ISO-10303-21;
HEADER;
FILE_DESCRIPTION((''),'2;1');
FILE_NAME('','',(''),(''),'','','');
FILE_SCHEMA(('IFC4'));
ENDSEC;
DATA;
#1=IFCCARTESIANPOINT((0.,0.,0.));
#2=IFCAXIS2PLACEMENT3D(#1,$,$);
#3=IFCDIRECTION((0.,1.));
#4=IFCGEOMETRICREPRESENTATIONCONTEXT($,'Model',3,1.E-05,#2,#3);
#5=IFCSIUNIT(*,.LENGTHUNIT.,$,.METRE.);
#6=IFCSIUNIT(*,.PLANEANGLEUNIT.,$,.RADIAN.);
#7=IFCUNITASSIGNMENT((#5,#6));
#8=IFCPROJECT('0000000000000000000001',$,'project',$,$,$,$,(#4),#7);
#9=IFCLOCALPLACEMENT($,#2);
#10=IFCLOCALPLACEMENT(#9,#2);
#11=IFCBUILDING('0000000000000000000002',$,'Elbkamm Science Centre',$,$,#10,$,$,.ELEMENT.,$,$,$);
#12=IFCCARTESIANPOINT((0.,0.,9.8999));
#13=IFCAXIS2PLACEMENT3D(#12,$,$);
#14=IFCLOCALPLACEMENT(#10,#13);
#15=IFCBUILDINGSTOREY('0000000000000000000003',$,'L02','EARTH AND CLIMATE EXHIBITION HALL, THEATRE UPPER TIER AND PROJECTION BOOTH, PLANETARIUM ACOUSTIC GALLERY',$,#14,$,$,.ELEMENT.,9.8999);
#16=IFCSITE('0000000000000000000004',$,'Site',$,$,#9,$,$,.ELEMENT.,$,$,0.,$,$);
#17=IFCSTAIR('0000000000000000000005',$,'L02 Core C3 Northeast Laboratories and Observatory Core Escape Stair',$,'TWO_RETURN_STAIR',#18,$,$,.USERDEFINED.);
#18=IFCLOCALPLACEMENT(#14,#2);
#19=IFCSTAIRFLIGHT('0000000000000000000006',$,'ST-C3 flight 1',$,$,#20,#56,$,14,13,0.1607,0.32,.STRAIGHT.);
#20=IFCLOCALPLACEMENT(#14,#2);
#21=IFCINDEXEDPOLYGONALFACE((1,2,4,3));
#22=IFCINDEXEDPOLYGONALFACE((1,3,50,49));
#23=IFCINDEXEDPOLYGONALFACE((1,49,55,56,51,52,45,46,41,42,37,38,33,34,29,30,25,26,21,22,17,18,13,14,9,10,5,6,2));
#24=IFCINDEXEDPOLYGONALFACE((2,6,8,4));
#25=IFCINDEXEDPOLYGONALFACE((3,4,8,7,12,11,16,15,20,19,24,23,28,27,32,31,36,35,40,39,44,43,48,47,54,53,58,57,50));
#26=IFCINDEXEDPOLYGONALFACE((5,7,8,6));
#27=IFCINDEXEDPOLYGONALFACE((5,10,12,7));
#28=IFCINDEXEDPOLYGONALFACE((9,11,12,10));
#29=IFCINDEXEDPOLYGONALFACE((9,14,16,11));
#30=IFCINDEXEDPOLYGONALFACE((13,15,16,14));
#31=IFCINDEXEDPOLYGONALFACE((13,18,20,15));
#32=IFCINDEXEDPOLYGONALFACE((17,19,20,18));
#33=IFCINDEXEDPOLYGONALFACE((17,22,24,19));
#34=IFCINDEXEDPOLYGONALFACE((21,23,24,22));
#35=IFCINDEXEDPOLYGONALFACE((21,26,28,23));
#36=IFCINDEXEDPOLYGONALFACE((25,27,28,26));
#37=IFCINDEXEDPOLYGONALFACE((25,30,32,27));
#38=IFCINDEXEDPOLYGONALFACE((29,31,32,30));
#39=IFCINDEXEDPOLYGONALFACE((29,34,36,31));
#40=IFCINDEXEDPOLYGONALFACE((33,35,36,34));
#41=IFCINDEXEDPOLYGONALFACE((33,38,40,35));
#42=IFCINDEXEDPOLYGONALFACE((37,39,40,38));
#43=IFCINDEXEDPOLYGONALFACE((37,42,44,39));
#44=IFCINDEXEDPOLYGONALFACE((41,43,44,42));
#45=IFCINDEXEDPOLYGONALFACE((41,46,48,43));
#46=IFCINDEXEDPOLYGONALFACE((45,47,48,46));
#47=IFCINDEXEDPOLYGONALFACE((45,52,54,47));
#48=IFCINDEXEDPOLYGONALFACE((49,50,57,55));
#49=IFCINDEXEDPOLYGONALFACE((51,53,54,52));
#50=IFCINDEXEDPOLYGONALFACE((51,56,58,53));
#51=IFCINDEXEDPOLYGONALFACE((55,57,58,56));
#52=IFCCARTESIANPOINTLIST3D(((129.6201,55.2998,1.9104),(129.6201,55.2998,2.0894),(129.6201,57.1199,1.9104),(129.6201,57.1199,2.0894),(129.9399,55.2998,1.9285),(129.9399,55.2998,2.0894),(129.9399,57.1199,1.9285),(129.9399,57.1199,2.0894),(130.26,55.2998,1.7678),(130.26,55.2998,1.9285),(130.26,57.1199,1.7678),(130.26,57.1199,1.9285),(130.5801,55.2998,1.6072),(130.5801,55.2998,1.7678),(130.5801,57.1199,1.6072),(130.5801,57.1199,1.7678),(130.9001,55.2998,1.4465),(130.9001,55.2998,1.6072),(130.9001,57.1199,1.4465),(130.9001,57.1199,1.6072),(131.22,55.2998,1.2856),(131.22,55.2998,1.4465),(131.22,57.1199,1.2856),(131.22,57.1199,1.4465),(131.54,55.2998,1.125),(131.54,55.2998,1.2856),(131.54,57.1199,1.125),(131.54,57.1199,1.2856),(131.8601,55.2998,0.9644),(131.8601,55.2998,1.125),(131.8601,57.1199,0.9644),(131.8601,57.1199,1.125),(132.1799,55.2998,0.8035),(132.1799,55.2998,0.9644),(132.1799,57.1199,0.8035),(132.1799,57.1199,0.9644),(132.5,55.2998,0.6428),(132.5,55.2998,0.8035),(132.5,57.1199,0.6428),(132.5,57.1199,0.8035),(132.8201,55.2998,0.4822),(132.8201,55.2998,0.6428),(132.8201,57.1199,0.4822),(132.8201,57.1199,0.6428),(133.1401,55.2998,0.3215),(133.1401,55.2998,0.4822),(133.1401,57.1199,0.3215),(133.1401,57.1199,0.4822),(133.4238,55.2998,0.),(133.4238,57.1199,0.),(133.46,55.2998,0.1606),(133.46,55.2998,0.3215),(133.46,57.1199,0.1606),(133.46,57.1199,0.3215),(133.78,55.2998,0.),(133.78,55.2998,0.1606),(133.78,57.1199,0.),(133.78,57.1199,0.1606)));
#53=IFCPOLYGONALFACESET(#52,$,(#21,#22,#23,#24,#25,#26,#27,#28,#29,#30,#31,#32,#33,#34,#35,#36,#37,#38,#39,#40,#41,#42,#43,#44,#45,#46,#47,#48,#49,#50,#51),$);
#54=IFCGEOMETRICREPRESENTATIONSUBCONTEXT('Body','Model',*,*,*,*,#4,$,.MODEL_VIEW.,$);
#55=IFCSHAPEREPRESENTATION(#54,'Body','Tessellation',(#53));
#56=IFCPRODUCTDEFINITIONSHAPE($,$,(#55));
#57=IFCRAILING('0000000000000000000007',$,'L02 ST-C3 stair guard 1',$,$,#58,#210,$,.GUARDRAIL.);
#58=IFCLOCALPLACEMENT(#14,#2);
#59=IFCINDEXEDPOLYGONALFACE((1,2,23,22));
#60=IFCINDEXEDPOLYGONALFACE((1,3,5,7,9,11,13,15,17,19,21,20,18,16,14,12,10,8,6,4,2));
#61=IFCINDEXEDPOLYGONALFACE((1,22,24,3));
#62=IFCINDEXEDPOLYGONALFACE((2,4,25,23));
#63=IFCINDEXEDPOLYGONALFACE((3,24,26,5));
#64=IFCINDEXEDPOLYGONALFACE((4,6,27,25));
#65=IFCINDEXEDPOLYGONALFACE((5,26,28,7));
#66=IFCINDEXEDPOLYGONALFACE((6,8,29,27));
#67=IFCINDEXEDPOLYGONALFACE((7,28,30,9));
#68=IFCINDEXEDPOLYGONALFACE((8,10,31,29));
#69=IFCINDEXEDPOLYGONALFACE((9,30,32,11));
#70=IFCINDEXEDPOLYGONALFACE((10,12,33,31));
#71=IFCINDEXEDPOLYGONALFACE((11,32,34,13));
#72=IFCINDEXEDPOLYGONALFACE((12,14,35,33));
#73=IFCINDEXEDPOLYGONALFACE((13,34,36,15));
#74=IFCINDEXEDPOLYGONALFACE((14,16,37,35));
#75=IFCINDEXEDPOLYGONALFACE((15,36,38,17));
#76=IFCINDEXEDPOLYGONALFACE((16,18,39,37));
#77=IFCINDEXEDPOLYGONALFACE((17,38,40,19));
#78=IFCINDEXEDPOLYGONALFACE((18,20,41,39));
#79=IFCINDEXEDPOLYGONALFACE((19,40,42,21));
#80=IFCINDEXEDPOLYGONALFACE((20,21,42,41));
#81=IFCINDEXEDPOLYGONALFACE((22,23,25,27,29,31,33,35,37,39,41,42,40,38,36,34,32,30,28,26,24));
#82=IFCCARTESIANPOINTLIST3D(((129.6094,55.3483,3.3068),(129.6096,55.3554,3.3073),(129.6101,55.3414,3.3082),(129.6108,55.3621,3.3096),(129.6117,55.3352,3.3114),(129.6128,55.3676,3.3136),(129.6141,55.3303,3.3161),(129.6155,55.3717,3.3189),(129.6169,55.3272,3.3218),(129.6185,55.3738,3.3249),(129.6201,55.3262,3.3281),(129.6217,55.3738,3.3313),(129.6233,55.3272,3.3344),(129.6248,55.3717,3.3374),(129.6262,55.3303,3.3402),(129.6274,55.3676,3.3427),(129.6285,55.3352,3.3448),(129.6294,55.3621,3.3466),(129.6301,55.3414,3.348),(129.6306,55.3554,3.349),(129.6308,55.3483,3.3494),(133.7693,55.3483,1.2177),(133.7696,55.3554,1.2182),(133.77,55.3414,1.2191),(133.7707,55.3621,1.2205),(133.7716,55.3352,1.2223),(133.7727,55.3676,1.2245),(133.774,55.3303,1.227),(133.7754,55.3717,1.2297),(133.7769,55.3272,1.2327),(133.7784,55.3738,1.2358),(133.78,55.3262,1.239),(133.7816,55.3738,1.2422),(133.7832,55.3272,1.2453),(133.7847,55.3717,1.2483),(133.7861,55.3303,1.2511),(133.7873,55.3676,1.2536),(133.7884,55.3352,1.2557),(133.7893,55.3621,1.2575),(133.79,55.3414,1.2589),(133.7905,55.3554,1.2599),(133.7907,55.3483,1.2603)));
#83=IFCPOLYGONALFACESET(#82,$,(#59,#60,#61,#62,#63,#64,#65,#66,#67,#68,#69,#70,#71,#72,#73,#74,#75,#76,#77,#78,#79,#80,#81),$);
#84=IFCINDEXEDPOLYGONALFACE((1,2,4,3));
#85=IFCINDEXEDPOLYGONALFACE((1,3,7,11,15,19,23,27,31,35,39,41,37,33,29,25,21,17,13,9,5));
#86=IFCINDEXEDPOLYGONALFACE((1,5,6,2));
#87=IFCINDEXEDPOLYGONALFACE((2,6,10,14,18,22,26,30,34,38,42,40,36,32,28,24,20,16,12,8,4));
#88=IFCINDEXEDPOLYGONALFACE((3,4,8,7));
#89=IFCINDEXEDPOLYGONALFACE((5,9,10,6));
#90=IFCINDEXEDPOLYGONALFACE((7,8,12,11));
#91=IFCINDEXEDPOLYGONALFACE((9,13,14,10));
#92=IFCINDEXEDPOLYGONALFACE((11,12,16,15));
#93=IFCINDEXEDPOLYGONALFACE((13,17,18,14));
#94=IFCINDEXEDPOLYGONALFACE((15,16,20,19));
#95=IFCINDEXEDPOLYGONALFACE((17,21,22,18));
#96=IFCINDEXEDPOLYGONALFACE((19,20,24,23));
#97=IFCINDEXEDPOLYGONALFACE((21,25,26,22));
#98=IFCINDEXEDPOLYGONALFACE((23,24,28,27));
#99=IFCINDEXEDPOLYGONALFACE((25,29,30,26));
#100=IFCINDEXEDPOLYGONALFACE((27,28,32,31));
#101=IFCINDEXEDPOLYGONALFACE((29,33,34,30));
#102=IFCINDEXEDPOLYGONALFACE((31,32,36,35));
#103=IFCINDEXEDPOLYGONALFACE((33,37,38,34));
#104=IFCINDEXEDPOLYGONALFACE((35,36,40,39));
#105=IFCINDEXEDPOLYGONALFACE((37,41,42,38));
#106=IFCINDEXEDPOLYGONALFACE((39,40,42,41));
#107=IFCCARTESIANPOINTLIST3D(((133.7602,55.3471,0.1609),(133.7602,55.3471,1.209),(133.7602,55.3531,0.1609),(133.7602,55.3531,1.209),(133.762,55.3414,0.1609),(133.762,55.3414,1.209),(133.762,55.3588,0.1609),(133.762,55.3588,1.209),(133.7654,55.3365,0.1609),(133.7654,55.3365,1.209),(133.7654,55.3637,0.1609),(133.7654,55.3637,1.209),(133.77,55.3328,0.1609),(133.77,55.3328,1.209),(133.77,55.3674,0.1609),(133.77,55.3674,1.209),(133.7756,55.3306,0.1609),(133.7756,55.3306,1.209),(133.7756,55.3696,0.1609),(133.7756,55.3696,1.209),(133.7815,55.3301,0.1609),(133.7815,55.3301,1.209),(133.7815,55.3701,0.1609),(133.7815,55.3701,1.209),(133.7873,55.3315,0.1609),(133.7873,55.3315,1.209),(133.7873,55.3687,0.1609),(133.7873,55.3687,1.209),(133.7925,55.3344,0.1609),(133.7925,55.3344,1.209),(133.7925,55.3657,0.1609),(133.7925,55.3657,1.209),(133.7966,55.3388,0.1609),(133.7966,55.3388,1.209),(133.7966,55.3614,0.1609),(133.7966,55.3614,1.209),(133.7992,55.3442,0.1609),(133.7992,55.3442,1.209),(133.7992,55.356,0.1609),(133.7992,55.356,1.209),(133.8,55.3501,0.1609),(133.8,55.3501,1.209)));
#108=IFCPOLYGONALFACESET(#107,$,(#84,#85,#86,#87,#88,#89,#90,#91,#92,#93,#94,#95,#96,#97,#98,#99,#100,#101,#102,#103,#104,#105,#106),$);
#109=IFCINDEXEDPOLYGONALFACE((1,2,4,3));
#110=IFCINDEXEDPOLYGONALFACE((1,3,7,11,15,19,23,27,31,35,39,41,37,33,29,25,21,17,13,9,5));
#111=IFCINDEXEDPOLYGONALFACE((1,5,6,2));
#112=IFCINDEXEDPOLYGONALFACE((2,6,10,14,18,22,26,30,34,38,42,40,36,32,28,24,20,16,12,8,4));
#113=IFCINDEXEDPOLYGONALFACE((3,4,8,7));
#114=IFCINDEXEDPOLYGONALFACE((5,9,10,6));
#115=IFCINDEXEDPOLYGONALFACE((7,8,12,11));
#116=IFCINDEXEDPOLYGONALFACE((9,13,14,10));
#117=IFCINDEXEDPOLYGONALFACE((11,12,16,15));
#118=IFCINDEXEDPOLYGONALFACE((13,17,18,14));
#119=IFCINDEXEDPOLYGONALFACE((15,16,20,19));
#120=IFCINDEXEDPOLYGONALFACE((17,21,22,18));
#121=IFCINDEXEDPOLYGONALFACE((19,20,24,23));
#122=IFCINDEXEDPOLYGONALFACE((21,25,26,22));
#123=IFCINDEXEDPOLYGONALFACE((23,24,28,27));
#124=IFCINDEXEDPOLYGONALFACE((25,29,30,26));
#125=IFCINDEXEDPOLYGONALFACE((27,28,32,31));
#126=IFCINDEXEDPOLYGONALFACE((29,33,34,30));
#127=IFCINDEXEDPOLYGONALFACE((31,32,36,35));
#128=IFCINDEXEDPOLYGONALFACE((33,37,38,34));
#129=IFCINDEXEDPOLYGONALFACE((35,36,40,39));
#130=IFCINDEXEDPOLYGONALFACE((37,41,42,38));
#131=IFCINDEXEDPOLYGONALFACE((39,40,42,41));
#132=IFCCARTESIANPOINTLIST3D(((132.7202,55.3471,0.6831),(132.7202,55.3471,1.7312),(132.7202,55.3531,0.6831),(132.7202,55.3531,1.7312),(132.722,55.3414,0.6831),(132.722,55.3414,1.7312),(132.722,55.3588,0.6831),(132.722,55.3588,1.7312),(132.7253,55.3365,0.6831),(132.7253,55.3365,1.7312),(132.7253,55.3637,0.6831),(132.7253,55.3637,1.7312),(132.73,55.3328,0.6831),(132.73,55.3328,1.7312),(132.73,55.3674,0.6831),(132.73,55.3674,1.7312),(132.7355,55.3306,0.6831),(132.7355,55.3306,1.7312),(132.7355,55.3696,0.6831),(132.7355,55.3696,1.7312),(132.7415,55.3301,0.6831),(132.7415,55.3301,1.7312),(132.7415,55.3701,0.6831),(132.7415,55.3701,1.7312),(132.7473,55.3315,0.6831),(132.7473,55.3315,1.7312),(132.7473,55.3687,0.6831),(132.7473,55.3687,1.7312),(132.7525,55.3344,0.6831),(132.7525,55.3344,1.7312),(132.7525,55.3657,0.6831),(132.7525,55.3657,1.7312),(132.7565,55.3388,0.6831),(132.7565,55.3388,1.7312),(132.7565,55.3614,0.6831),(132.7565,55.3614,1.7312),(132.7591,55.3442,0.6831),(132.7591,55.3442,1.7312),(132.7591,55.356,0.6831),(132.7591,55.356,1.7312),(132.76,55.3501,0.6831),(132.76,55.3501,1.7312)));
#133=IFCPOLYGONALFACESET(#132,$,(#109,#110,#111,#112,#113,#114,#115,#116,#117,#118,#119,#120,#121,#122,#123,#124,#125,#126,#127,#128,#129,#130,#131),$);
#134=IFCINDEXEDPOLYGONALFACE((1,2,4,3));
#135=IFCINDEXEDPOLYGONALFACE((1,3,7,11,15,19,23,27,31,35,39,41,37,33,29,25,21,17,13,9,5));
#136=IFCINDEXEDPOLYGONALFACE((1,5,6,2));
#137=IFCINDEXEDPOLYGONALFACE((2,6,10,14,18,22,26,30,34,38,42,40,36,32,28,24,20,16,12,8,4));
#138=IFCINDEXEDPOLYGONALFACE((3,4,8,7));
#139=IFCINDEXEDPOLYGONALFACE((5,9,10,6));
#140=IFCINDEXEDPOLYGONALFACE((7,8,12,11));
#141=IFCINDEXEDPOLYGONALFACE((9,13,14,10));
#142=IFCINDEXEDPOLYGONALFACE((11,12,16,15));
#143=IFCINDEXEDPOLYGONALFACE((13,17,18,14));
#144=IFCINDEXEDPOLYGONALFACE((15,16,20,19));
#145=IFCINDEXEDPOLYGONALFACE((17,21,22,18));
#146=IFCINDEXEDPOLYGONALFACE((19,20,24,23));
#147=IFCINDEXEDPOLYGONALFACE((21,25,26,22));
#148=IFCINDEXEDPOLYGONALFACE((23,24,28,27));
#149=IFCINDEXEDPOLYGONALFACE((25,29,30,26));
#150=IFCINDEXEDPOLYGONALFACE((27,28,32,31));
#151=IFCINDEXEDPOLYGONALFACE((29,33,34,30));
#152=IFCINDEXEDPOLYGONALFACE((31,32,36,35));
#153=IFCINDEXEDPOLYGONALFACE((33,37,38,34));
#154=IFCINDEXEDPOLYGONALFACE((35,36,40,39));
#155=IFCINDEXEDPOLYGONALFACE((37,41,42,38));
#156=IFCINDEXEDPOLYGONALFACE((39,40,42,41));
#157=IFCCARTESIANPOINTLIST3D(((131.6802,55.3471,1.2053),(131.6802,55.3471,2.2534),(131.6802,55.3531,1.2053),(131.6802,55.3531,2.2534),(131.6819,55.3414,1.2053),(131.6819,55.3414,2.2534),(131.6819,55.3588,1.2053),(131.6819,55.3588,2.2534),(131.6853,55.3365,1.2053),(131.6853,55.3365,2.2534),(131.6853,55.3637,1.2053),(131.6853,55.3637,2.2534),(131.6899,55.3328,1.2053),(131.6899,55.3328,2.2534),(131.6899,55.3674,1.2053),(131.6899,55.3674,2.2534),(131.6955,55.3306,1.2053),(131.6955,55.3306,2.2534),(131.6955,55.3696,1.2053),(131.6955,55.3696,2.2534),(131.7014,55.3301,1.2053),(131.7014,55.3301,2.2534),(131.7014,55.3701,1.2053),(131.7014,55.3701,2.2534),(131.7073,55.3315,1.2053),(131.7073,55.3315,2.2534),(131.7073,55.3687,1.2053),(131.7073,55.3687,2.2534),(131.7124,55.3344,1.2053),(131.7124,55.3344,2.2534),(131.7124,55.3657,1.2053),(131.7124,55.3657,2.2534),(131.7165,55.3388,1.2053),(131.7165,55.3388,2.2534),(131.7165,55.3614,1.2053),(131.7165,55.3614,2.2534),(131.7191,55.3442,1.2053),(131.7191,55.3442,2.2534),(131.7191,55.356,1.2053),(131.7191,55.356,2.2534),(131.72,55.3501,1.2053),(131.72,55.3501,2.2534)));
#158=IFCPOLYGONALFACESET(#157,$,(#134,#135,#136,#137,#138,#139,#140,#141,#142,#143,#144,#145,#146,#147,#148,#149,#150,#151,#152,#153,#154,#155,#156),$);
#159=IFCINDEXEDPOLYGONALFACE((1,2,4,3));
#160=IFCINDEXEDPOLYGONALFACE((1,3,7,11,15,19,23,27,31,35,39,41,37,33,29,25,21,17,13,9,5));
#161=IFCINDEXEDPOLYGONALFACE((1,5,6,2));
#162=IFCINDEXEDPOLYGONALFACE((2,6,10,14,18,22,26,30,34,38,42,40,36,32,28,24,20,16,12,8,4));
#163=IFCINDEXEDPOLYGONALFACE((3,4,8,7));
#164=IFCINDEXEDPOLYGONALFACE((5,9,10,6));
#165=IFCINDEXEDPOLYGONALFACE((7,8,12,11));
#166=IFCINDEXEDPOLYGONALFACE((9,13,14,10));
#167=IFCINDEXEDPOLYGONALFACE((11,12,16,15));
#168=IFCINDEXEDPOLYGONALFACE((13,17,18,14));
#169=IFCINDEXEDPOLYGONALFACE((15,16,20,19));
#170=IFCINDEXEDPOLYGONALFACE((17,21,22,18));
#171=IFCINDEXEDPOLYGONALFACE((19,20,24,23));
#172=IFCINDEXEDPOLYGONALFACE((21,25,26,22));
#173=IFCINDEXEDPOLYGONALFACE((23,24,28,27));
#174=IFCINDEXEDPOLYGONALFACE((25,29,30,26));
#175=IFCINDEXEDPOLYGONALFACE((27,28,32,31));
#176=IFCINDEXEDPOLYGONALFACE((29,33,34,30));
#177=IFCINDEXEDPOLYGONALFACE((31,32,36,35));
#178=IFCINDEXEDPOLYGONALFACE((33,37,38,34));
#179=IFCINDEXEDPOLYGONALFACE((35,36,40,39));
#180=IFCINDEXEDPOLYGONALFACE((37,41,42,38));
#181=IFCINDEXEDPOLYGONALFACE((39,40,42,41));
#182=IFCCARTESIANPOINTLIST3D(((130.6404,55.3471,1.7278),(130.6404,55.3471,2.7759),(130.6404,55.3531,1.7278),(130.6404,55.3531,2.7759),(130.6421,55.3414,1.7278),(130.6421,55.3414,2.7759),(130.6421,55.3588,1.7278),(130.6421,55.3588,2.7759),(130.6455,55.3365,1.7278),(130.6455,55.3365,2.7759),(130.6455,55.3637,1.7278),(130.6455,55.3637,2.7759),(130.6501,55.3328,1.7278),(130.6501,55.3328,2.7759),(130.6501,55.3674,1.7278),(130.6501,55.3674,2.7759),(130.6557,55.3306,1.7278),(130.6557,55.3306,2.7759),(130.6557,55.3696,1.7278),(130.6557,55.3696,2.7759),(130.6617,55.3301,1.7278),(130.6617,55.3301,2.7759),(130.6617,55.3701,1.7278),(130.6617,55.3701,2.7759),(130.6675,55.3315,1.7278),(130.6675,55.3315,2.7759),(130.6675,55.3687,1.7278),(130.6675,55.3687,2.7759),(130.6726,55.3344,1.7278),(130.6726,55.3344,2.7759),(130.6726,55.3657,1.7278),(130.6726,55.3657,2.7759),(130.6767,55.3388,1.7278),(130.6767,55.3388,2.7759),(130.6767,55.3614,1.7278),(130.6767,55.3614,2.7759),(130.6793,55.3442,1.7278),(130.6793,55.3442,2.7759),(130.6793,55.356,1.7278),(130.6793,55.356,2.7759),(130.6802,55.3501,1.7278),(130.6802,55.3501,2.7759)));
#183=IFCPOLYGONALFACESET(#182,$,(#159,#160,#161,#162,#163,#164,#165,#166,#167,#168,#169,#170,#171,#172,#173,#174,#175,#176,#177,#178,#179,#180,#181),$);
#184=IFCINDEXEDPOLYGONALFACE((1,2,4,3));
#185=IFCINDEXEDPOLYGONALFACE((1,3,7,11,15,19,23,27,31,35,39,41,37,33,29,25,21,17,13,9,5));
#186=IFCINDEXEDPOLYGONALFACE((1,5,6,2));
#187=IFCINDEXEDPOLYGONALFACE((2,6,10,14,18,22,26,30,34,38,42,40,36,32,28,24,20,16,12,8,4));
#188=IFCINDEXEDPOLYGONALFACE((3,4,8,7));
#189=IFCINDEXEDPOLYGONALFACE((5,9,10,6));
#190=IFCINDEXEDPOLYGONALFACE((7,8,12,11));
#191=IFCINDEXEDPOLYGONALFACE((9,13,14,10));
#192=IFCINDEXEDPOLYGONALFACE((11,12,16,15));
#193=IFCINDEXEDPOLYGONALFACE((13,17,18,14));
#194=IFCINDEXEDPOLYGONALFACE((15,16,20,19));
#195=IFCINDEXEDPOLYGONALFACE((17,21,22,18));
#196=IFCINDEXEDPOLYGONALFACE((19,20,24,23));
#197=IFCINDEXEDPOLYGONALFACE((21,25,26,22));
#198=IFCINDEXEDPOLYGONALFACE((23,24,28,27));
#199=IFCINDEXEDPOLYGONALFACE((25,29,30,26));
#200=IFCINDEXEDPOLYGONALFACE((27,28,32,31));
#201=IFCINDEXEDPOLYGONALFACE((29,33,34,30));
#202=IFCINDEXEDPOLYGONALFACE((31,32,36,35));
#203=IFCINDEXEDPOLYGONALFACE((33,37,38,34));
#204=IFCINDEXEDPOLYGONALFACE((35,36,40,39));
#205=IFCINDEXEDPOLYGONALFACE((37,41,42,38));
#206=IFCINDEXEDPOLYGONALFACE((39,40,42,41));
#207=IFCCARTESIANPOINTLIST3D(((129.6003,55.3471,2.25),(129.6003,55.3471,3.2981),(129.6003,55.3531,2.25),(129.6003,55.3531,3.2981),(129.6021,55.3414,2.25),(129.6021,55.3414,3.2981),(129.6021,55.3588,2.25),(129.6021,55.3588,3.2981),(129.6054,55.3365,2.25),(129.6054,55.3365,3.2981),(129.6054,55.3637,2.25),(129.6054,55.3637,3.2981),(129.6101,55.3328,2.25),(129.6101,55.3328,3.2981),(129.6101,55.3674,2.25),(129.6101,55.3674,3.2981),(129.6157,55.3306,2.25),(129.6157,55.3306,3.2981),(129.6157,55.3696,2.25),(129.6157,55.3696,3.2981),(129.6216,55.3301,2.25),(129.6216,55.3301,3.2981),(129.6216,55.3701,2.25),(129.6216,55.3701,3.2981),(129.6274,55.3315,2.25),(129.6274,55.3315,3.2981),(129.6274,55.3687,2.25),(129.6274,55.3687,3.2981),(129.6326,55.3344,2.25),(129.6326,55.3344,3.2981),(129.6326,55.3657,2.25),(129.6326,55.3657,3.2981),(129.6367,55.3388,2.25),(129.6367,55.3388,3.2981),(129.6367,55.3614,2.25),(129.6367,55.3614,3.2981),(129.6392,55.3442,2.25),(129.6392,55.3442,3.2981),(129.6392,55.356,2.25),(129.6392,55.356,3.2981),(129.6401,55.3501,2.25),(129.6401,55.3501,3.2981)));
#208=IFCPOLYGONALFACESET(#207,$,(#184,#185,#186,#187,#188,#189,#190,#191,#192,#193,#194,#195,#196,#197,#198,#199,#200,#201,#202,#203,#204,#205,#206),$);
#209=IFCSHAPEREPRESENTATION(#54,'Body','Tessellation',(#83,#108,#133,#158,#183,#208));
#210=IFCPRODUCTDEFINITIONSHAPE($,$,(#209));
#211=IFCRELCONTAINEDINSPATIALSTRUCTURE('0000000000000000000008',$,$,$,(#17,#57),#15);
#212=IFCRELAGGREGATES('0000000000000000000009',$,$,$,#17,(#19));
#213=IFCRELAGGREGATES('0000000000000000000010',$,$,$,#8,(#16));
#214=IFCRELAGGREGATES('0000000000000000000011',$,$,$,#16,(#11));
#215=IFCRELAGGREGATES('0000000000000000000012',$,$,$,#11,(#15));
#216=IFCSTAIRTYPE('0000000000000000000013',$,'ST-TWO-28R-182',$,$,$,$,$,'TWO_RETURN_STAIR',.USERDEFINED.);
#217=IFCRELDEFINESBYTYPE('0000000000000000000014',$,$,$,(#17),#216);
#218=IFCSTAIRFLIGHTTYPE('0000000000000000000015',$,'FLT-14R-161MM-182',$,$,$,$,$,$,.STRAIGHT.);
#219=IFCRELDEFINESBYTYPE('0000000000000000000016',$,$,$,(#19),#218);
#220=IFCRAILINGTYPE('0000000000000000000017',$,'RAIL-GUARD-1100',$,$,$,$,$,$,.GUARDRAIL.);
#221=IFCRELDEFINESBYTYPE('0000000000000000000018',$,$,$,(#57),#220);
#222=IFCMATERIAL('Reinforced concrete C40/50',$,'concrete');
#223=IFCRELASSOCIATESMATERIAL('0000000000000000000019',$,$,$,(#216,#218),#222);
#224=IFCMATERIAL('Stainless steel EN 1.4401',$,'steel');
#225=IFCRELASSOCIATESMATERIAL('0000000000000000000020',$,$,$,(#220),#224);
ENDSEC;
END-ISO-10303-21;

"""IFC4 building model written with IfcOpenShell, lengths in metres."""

from ifc_helpers import new_model, si_unit, direction, frame, origin, origin_2d, place, context, subcontext, project, spatial, polyline, circle, outline, extrude, material, type_object, element, aggregate, save


model = new_model("IFC4")

# Units and contexts
model_context = context("Model", 3, precision=1e-05, world=origin(), true_north=direction((0.0, 1.0)))
body_context = subcontext(model_context, "Body", "Model", "MODEL_VIEW")
ifc_project = project(units=[si_unit("LENGTHUNIT", "METRE"), si_unit("PLANEANGLEUNIT", "RADIAN")], contexts=[model_context])

# Site, building, storey
site_placement = place(None, origin())
site = spatial("IfcSite", under=ifc_project, at=site_placement, Name="Site", CompositionType="ELEMENT", RefElevation=0.0)
building_placement = place(site_placement, origin())
building = spatial("IfcBuilding", under=site, at=building_placement, Name="Elbkamm Science Centre", CompositionType="ELEMENT")
storey_placement = place(building_placement, frame((0.0, 0.0, 9.8999)))
storey = spatial("IfcBuildingStorey", under=building, at=storey_placement, Name="L02", Description="EARTH AND CLIMATE EXHIBITION HALL, THEATRE UPPER TIER AND PROJECTION BOOTH, PLANETARIUM ACOUSTIC GALLERY", CompositionType="ELEMENT", Elevation=9.8999)

# Shared definitions
ifc_material_1 = material(Name="Reinforced concrete C40/50", Category="concrete")

# Stair, stair flight
stair_type = type_object("IfcStairType", Name="ST-TWO-28R-182", ElementType="TWO_RETURN_STAIR", PredefinedType="USERDEFINED", material=ifc_material_1)
stair_placement = place(storey_placement, origin())
stair = element("IfcStair", 1, at=stair_placement, inside=storey, type_object=stair_type, Name="L02 Core C3 Northeast Laboratories and Observatory Core Escape Stair", ObjectType="TWO_RETURN_STAIR", PredefinedType="USERDEFINED")
stair_flight_type = type_object("IfcStairFlightType", Name="FLT-14R-161MM-182", PredefinedType="STRAIGHT", material=ifc_material_1)
stair_flight_placement = place(storey_placement, frame((133.78, 56.21, 0.0), z_axis=(0.0, 0.0, 1.0), x_axis=(-1.0, 0.0, 0.0)))
stair_flight = element("IfcStairFlight", 2, at=stair_flight_placement, type_object=stair_flight_type, Name="ST-C3 flight 1", NumberOfRisers=14, NumberOfTreads=13, PredefinedType="STRAIGHT", RiserHeight=0.1607, TreadLength=0.32, context=body_context, shape_type="SweptSolid", body=[
    extrude(outline(polyline([(0.0, 0.0), (0.0, 0.1606), (0.3201, 0.1606), (0.3201, 0.3215), (0.6399, 0.3215), (0.6399, 0.4822), (0.96, 0.4822), (0.96, 0.6428), (1.28, 0.6428), (1.28, 0.8035), (1.6001, 0.8035), (1.6001, 0.9644), (1.9199, 0.9644), (1.9199, 1.125), (2.24, 1.125), (2.24, 1.2856), (2.5601, 1.2856), (2.5601, 1.4465), (2.8799, 1.4465), (2.8799, 1.6072), (3.2, 1.6072), (3.2, 1.7678), (3.52, 1.7678), (3.52, 1.9285), (3.8401, 1.9285), (3.8401, 2.0894), (4.1599, 2.0894), (4.1599, 2.25), (4.1599, 1.9104), (0.3562, 0.0), (0.0, 0.0)])), frame((0.0, 0.9102, 0.0), z_axis=(0.0, -1.0, 0.0), x_axis=(1.0, 0.0, 0.0)), (0.0, 0.0, 1.0), 1.8201),
])
aggregate(stair, [stair_flight])

# Railing
ifc_material_2 = material(Name="Stainless steel EN 1.4401", Category="steel")
railing_type = type_object("IfcRailingType", Name="RAIL-GUARD-1100", PredefinedType="GUARDRAIL", material=ifc_material_2)
railing_1_placement = place(storey_placement, frame((133.78, 55.3501, 0.1609)))
element("IfcRailing", 3, at=railing_1_placement, inside=storey, type_object=railing_type, Name="L02 ST-C3 stair guard 1", PredefinedType="GUARDRAIL", context=body_context, shape_type="SweptSolid", body=[
    extrude(circle(Radius=0.0239, at=origin_2d()), frame((0.0, 0.0, 1.0781), z_axis=(-0.893639, 0.0, 0.448786), x_axis=(0.0, -1.0, 0.0)), (0.0, 0.0, 1.0), 4.655),
    extrude(circle(Radius=0.02, at=origin_2d()), origin(), (0.0, 0.0, 1.0), 1.0481),
    extrude(circle(Radius=0.02, at=origin_2d()), frame((-1.04, 0.0, 0.5222)), (0.0, 0.0, 1.0), 1.0481),
    extrude(circle(Radius=0.02, at=origin_2d()), frame((-2.0801, 0.0, 1.0444)), (0.0, 0.0, 1.0), 1.0481),
    extrude(circle(Radius=0.02, at=origin_2d()), frame((-3.1199, 0.0, 1.5669)), (0.0, 0.0, 1.0), 1.0481),
    extrude(circle(Radius=0.02, at=origin_2d()), frame((-4.1599, 0.0, 2.0891)), (0.0, 0.0, 1.0), 1.0481),
])

save(model, "model.ifc")
